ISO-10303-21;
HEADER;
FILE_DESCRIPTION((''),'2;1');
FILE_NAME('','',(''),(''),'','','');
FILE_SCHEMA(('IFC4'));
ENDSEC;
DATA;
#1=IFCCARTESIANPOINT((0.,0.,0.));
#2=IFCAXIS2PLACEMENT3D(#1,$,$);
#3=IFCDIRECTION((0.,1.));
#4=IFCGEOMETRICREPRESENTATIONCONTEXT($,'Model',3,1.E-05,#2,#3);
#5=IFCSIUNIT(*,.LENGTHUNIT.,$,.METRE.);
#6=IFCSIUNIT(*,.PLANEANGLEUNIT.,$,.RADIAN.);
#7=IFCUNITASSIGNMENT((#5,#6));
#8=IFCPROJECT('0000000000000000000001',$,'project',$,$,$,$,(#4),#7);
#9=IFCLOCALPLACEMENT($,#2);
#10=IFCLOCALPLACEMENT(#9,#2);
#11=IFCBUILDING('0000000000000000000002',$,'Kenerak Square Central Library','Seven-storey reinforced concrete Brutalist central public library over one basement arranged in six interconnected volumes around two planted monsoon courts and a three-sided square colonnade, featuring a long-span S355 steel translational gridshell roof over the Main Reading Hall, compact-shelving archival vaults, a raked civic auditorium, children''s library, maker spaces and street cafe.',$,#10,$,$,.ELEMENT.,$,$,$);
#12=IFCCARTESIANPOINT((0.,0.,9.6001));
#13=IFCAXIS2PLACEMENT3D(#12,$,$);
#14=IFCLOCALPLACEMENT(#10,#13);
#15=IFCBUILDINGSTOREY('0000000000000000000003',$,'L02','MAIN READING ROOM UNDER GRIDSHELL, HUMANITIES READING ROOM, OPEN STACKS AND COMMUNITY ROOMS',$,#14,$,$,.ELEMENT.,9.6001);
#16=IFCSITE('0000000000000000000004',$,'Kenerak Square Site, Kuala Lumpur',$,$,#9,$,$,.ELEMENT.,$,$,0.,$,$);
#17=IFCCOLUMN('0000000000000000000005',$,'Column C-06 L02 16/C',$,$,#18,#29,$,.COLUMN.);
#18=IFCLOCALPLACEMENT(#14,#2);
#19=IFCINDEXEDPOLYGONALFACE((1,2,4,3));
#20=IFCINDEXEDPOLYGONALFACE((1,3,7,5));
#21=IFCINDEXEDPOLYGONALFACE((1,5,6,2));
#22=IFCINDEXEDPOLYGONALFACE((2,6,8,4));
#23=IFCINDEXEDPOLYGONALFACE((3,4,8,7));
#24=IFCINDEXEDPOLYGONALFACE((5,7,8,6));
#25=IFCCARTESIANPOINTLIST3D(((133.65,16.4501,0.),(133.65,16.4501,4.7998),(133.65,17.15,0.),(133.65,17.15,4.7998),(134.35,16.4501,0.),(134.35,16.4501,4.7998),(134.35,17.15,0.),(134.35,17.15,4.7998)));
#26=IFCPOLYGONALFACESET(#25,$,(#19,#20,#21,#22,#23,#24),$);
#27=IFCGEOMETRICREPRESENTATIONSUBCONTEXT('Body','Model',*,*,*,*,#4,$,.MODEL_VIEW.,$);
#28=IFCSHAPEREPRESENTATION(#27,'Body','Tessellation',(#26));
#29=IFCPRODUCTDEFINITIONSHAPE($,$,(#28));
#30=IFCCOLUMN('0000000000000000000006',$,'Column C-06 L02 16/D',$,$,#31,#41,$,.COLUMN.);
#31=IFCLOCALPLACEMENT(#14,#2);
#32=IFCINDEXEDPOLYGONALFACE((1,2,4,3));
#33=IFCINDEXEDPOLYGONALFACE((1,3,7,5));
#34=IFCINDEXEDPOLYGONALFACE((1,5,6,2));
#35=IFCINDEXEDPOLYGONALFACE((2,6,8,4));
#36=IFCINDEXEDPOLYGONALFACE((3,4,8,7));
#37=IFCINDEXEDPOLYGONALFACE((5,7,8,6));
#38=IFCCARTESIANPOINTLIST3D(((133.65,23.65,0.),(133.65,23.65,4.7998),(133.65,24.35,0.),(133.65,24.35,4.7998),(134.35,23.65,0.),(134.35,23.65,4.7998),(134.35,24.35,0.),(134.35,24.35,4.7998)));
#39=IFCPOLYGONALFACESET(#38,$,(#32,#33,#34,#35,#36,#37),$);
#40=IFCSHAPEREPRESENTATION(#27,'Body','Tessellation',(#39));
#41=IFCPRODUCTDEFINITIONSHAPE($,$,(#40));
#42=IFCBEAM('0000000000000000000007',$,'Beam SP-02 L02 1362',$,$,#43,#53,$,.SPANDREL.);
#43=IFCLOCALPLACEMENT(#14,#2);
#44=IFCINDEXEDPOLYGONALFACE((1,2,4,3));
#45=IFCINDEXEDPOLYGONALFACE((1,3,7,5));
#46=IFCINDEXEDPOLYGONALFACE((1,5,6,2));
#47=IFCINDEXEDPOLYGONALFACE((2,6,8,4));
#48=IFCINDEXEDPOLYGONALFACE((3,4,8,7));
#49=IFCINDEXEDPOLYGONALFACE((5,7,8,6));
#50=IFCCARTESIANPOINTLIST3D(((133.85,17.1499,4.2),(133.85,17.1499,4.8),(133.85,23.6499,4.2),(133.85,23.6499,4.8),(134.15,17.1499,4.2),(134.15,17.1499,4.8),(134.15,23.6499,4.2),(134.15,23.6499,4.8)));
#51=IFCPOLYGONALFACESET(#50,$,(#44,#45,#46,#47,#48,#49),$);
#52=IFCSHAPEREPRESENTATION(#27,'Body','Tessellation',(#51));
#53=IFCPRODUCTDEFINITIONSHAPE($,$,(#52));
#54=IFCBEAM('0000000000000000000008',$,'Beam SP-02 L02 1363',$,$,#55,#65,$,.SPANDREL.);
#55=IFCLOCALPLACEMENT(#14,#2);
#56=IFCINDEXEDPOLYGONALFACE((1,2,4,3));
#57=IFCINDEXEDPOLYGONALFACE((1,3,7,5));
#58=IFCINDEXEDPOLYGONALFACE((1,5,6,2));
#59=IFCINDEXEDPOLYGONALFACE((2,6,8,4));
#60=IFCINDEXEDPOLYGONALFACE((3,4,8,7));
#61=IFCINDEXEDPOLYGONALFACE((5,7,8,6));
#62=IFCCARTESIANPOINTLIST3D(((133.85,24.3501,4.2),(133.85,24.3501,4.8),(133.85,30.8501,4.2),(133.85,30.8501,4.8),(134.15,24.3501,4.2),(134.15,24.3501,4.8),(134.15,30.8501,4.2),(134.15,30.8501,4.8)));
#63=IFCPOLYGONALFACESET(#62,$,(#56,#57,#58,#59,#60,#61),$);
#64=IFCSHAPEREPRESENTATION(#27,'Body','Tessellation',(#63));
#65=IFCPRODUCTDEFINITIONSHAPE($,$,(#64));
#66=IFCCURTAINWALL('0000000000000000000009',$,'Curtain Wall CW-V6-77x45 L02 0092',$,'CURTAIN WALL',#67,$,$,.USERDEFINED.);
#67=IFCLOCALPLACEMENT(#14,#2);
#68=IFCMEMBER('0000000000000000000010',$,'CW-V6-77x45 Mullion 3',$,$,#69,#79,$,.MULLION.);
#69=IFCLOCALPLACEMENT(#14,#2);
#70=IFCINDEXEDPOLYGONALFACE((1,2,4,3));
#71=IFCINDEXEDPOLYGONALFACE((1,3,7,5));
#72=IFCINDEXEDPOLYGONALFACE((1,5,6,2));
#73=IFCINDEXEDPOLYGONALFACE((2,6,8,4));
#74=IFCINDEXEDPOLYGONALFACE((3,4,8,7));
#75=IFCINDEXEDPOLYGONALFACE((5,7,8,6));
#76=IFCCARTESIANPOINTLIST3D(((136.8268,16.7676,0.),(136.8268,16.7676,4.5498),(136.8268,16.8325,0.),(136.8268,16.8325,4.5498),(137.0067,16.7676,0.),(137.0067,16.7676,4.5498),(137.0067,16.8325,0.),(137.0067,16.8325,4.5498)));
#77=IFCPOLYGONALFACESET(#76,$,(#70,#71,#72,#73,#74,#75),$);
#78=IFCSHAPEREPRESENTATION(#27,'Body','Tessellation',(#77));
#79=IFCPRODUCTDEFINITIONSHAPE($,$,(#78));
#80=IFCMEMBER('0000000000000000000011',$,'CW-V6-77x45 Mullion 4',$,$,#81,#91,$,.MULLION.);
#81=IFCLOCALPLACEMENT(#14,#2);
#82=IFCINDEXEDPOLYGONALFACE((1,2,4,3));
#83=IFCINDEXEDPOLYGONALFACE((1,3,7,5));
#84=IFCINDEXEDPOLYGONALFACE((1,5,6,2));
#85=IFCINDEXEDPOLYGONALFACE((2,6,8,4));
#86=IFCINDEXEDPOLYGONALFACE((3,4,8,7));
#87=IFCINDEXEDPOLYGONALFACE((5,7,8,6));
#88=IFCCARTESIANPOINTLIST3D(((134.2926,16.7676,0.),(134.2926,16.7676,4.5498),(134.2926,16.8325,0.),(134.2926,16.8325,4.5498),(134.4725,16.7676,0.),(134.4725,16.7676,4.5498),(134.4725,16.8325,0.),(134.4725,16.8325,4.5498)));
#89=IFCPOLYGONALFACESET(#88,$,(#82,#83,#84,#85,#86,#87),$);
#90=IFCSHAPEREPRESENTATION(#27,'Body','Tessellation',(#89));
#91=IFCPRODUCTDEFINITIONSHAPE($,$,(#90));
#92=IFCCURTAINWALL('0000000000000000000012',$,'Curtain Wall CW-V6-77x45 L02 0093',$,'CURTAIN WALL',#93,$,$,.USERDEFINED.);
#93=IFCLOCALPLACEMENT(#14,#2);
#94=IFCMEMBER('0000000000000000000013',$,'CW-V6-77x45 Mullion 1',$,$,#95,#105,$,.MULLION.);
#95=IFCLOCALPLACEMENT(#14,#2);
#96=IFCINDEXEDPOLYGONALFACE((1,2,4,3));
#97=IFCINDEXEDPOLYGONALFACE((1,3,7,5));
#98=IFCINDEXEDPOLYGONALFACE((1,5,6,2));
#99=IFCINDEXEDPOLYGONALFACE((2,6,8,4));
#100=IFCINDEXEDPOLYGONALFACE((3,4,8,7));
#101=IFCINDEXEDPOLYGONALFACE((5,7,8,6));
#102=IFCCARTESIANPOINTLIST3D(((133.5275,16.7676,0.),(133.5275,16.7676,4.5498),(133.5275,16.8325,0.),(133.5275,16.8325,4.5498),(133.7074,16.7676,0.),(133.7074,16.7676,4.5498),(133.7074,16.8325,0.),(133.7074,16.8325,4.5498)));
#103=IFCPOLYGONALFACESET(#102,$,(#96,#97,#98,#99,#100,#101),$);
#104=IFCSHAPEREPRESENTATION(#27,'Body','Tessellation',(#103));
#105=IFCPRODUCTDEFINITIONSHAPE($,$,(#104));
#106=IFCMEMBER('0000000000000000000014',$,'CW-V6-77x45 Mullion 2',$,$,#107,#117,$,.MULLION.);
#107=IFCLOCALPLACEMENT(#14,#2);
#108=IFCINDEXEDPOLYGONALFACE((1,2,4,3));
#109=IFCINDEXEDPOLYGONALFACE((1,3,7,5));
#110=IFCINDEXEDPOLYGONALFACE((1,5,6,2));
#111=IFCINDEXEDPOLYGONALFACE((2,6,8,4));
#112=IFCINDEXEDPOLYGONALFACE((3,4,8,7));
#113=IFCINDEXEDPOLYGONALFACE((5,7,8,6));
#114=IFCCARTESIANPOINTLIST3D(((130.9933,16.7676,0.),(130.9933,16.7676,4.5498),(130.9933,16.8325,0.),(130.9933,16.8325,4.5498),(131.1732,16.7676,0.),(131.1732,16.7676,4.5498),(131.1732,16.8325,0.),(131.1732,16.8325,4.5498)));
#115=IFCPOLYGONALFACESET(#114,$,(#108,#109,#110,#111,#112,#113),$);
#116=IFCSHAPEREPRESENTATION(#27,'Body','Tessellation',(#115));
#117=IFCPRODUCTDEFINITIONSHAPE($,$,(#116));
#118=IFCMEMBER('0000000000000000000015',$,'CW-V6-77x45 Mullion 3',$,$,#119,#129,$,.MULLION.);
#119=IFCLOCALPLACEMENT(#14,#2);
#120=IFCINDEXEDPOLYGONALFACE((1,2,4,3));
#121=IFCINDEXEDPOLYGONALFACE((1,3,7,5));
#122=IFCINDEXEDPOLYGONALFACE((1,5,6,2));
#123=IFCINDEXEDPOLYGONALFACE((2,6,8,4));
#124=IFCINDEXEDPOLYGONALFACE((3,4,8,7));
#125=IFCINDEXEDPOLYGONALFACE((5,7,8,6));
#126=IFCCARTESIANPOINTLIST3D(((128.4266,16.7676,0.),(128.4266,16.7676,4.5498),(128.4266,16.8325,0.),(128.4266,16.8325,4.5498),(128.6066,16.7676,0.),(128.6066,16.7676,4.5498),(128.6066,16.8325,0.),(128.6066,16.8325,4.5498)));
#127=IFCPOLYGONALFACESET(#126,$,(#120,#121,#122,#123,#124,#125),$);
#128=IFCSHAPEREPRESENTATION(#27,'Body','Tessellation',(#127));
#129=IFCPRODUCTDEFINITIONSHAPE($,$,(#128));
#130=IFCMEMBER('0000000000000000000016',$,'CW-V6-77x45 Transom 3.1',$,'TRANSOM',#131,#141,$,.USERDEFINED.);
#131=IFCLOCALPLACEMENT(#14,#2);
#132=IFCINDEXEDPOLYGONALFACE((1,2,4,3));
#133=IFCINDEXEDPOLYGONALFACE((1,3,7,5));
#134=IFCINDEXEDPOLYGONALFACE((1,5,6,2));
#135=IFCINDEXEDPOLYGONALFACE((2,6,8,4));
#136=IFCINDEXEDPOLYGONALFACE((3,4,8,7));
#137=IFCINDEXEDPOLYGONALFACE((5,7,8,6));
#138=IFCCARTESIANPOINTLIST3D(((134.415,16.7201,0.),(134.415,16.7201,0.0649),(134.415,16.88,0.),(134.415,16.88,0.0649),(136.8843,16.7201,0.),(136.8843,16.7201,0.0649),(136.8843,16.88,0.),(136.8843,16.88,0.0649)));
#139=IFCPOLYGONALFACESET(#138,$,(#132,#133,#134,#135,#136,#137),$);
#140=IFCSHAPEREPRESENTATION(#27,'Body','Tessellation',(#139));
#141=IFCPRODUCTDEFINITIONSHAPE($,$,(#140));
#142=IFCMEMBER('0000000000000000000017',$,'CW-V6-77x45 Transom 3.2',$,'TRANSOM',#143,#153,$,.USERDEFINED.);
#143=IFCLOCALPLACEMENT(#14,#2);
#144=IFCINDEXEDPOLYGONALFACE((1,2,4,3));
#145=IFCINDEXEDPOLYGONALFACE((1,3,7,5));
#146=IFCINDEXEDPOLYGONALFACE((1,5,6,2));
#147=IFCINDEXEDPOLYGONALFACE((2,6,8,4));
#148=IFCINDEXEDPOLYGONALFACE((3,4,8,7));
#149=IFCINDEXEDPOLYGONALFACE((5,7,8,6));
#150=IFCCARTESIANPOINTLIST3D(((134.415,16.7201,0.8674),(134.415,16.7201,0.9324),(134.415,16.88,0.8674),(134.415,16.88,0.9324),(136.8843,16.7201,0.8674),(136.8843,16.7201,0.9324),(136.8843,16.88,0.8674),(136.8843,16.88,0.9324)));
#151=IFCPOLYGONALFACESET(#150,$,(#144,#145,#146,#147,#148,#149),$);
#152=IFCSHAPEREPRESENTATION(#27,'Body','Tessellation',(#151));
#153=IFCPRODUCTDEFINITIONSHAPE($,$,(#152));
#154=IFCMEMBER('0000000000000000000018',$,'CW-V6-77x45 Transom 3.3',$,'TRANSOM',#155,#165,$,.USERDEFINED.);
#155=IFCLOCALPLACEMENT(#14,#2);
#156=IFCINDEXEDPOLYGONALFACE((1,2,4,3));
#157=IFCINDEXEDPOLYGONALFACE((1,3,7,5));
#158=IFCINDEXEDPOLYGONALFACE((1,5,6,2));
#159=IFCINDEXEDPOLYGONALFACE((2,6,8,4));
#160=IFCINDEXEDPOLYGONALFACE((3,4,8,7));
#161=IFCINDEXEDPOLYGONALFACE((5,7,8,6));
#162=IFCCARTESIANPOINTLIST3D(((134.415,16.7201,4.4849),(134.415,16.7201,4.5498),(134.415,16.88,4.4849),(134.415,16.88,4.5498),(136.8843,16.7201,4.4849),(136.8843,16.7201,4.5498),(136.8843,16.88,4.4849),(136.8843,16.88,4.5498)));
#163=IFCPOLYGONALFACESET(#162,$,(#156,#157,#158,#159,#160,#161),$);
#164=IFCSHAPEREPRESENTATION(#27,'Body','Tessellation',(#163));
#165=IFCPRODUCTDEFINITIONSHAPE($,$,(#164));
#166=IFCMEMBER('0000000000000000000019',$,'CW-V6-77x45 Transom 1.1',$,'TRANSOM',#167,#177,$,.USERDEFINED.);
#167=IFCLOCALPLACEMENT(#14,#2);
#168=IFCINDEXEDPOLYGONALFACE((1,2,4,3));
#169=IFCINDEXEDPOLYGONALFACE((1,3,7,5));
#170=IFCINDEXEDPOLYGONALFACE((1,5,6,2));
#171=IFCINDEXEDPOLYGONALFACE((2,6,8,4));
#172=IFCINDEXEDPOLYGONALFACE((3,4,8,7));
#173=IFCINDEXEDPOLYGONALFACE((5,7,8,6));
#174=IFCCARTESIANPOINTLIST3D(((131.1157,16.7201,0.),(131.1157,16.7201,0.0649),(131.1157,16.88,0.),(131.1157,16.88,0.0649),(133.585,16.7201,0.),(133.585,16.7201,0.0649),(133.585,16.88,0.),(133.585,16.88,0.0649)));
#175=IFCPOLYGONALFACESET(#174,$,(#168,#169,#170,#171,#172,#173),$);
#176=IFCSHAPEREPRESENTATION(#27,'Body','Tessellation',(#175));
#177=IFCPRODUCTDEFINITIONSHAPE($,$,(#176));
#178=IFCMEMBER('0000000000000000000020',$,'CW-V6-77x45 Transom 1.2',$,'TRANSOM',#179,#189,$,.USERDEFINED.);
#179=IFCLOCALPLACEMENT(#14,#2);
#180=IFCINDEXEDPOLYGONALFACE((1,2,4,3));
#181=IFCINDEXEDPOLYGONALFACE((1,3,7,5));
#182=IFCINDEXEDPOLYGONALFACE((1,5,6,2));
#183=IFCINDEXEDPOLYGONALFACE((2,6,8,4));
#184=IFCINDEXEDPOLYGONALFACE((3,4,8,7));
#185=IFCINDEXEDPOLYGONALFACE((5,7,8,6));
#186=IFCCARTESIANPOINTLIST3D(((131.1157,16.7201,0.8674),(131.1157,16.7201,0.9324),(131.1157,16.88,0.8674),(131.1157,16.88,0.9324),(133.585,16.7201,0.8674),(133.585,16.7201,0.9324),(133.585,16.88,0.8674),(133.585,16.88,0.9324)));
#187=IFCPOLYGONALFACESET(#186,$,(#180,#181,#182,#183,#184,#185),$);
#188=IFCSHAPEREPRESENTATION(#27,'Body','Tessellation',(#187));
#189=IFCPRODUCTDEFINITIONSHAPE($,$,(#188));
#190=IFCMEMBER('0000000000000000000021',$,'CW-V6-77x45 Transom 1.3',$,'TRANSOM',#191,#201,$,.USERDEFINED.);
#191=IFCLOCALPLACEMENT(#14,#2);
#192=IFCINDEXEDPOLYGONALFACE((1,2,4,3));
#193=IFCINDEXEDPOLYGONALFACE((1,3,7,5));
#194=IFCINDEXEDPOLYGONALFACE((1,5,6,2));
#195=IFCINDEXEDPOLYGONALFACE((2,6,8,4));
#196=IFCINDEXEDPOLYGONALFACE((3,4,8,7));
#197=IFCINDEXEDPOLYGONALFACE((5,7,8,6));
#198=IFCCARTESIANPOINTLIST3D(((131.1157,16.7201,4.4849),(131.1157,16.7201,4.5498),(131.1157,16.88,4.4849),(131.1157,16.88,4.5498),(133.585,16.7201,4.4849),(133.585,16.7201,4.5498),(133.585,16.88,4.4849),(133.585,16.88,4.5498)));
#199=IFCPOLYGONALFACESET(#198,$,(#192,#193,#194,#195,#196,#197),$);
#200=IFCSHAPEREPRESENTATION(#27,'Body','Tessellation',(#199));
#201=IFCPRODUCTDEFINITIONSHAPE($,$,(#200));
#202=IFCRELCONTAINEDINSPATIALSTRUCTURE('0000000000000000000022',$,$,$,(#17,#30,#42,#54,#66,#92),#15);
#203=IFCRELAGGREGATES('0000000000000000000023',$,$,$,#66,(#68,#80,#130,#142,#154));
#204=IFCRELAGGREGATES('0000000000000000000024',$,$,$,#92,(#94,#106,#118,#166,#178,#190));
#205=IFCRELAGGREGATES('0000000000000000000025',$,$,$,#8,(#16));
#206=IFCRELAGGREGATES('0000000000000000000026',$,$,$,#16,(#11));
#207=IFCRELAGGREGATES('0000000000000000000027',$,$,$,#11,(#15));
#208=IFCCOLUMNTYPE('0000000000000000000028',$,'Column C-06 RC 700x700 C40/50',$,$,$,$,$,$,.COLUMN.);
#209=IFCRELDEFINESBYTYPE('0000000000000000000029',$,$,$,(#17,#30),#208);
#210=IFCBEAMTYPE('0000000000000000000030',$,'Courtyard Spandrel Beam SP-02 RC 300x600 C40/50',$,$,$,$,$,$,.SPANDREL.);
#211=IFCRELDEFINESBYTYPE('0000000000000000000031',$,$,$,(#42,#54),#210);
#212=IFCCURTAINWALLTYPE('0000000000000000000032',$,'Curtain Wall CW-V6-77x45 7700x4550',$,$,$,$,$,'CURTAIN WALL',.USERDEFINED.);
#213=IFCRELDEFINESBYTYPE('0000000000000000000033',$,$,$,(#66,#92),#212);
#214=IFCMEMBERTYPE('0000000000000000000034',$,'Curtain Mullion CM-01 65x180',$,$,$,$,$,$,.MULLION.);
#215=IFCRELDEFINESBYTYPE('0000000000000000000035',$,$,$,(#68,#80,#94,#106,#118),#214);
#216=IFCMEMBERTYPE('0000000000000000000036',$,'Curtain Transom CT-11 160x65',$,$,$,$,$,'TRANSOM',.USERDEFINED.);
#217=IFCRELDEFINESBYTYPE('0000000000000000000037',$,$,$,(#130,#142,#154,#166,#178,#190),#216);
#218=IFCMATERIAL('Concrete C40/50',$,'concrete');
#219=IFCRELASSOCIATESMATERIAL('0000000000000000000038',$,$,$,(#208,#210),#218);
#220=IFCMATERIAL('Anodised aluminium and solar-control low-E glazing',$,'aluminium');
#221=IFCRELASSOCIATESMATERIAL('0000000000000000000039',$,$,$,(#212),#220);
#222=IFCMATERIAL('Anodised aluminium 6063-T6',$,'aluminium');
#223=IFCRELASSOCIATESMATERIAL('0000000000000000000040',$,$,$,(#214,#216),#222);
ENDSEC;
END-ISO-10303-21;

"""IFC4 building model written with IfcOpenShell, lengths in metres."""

from ifc_helpers import new_model, si_unit, direction, frame, origin, origin_2d, place, context, subcontext, project, spatial, rectangle, extrude, material, material_profile, profile_set, type_object, element, aggregate, save


model = new_model("IFC4")

# Units and contexts
model_context = context("Model", 3, precision=1e-05, world=origin(), true_north=direction((0.0, 1.0)))
body_context = subcontext(model_context, "Body", "Model", "MODEL_VIEW")
ifc_project = project(units=[si_unit("LENGTHUNIT", "METRE"), si_unit("PLANEANGLEUNIT", "RADIAN")], contexts=[model_context])

# Site, building, storey
site_placement = place(None, origin())
site = spatial("IfcSite", under=ifc_project, at=site_placement, Name="Kenerak Square Site, Kuala Lumpur", CompositionType="ELEMENT", RefElevation=0.0)
building_placement = place(site_placement, origin())
building = spatial("IfcBuilding", under=site, at=building_placement, Name="Kenerak Square Central Library", Description="Seven-storey reinforced concrete Brutalist central public library over one basement arranged in six interconnected volumes around two planted monsoon courts and a three-sided square colonnade, featuring a long-span S355 steel translational gridshell roof over the Main Reading Hall, compact-shelving archival vaults, a raked civic auditorium, children's library, maker spaces and street cafe.", CompositionType="ELEMENT")
storey_placement = place(building_placement, frame((0.0, 0.0, 9.6001)))
storey = spatial("IfcBuildingStorey", under=building, at=storey_placement, Name="L02", Description="MAIN READING ROOM UNDER GRIDSHELL, HUMANITIES READING ROOM, OPEN STACKS AND COMMUNITY ROOMS", CompositionType="ELEMENT", Elevation=9.6001)

# Columns
ifc_material_1 = material(Name="Concrete C40/50", Category="concrete")
ifc_material_profile_1 = material_profile(ifc_material_1, rectangle(XDim=0.7, YDim=0.7, at=origin_2d()), Name="RC 700x700")
ifc_profile_set_1 = profile_set([ifc_material_profile_1], Name="Concrete C40/50")
column_type = type_object("IfcColumnType", Name="Column C-06 RC 700x700 C40/50", PredefinedType="COLUMN", material=ifc_profile_set_1)
for number, where, z_axis, x_axis, name in (
    (1, (134.0, 16.8, 0.0), (0.0, 0.0, 1.0), (1.0, 0.0, 0.0), "Column C-06 L02 16/C"),
    (2, (134.0, 24.0, 0.0), (0.0, 0.0, 1.0), (1.0, 0.0, 0.0), "Column C-06 L02 16/D"),
):
    element("IfcColumn", number, at=place(storey_placement, frame(where, z_axis=z_axis, x_axis=x_axis)), inside=storey, type_object=column_type, Name=name, PredefinedType="COLUMN", context=body_context, shape_type="SweptSolid", body=[
        extrude(rectangle(XDim=0.7, YDim=0.7, at=origin_2d()), origin(), (0.0, 0.0, 1.0), 4.7998),
    ])

# Beams
ifc_material_profile_2 = material_profile(ifc_material_1, rectangle(XDim=0.3, YDim=0.6001, at=origin_2d()), Name="RC 300x600")
ifc_profile_set_2 = profile_set([ifc_material_profile_2], Name="Concrete C40/50")
beam_type_1 = type_object("IfcBeamType", Name="Courtyard Spandrel Beam SP-02 RC 300x600 C40/50", PredefinedType="SPANDREL", material=ifc_profile_set_2)
for number, where, z_axis, x_axis, name in (
    (3, (134.0, 17.1499, 4.5), (0.0, 1.0, 0.0), (-1.0, 0.0, 0.0), "Beam SP-02 L02 1362"),
    (4, (134.0, 24.3501, 4.5), (0.0, 1.0, 0.0), (-1.0, 0.0, 0.0), "Beam SP-02 L02 1363"),
):
    element("IfcBeam", number, at=place(storey_placement, frame(where, z_axis=z_axis, x_axis=x_axis)), inside=storey, type_object=beam_type_1, Name=name, PredefinedType="SPANDREL", context=body_context, shape_type="SweptSolid", body=[
        extrude(rectangle(XDim=0.3, YDim=0.6001, at=origin_2d()), origin(), (0.0, 0.0, 1.0), 6.5),
    ])

# Curtain walls, members
ifc_material_2 = material(Name="Anodised aluminium and solar-control low-E glazing", Category="aluminium")
curtain_wall_type = type_object("IfcCurtainWallType", Name="Curtain Wall CW-V6-77x45 7700x4550", ElementType="CURTAIN WALL", PredefinedType="USERDEFINED", material=ifc_material_2)
curtain_wall_1_placement = place(storey_placement, origin())
curtain_wall_1 = element("IfcCurtainWall", 5, at=curtain_wall_1_placement, inside=storey, type_object=curtain_wall_type, Name="Curtain Wall CW-V6-77x45 L02 0092", ObjectType="CURTAIN WALL", PredefinedType="USERDEFINED")
ifc_material_3 = material(Name="Anodised aluminium 6063-T6", Category="aluminium")
ifc_material_profile_3 = material_profile(ifc_material_3, rectangle(XDim=0.0649, YDim=0.1799, at=origin_2d()), Name="AL MULLION 65x180")
ifc_profile_set_3 = profile_set([ifc_material_profile_3], Name="Anodised aluminium 6063-T6")
member_type_1 = type_object("IfcMemberType", Name="Curtain Mullion CM-01 65x180", PredefinedType="MULLION", material=ifc_profile_set_3)
member_1_placement = place(storey_placement, frame((136.9167, 16.8, 0.0), z_axis=(0.0, 0.0, 1.0), x_axis=(0.0, -1.0, 0.0)))
member_1 = element("IfcMember", 6, at=member_1_placement, type_object=member_type_1, Name="CW-V6-77x45 Mullion 3", PredefinedType="MULLION", context=body_context, shape_type="SweptSolid", body=[
    extrude(rectangle(XDim=0.0649, YDim=0.1799, at=origin_2d()), origin(), (0.0, 0.0, 1.0), 4.5498),
])
member_2_placement = place(storey_placement, frame((134.3826, 16.8, 0.0), z_axis=(0.0, 0.0, 1.0), x_axis=(0.0, -1.0, 0.0)))
member_2 = element("IfcMember", 7, at=member_2_placement, type_object=member_type_1, Name="CW-V6-77x45 Mullion 4", PredefinedType="MULLION", context=body_context, shape_type="SweptSolid", body=[
    extrude(rectangle(XDim=0.0649, YDim=0.1799, at=origin_2d()), origin(), (0.0, 0.0, 1.0), 4.5498),
])
curtain_wall_2_placement = place(storey_placement, origin())
curtain_wall_2 = element("IfcCurtainWall", 8, at=curtain_wall_2_placement, inside=storey, type_object=curtain_wall_type, Name="Curtain Wall CW-V6-77x45 L02 0093", ObjectType="CURTAIN WALL", PredefinedType="USERDEFINED")
member_3_placement = place(storey_placement, frame((133.6174, 16.8, 0.0), z_axis=(0.0, 0.0, 1.0), x_axis=(0.0, -1.0, 0.0)))
member_3 = element("IfcMember", 9, at=member_3_placement, type_object=member_type_1, Name="CW-V6-77x45 Mullion 1", PredefinedType="MULLION", context=body_context, shape_type="SweptSolid", body=[
    extrude(rectangle(XDim=0.0649, YDim=0.1799, at=origin_2d()), origin(), (0.0, 0.0, 1.0), 4.5498),
])
member_4_placement = place(storey_placement, frame((131.0833, 16.8, 0.0), z_axis=(0.0, 0.0, 1.0), x_axis=(0.0, -1.0, 0.0)))
member_4 = element("IfcMember", 10, at=member_4_placement, type_object=member_type_1, Name="CW-V6-77x45 Mullion 2", PredefinedType="MULLION", context=body_context, shape_type="SweptSolid", body=[
    extrude(rectangle(XDim=0.0649, YDim=0.1799, at=origin_2d()), origin(), (0.0, 0.0, 1.0), 4.5498),
])
member_5_placement = place(storey_placement, frame((128.5166, 16.8, 0.0), z_axis=(0.0, 0.0, 1.0), x_axis=(0.0, -1.0, 0.0)))
member_5 = element("IfcMember", 11, at=member_5_placement, type_object=member_type_1, Name="CW-V6-77x45 Mullion 3", PredefinedType="MULLION", context=body_context, shape_type="SweptSolid", body=[
    extrude(rectangle(XDim=0.0649, YDim=0.1799, at=origin_2d()), origin(), (0.0, 0.0, 1.0), 4.5498),
])

# Members
ifc_material_profile_4 = material_profile(ifc_material_3, rectangle(XDim=0.1599, YDim=0.0649, at=origin_2d()), Name="AL TRANSOM 160x65")
ifc_profile_set_4 = profile_set([ifc_material_profile_4], Name="Anodised aluminium 6063-T6")
member_type_2 = type_object("IfcMemberType", Name="Curtain Transom CT-11 160x65", ElementType="TRANSOM", PredefinedType="USERDEFINED", material=ifc_profile_set_4)
member_6_placement = place(storey_placement, frame((136.8843, 16.8, 0.0325), z_axis=(-1.0, 0.0, 0.0), x_axis=(0.0, -1.0, 0.0)))
member_6 = element("IfcMember", 12, at=member_6_placement, type_object=member_type_2, Name="CW-V6-77x45 Transom 3.1", ObjectType="TRANSOM", PredefinedType="USERDEFINED", context=body_context, shape_type="SweptSolid", body=[
    extrude(rectangle(XDim=0.1599, YDim=0.0649, at=origin_2d()), origin(), (0.0, 0.0, 1.0), 2.4692),
])
member_7_placement = place(storey_placement, frame((136.8843, 16.8, 0.8999), z_axis=(-1.0, 0.0, 0.0), x_axis=(0.0, -1.0, 0.0)))
member_7 = element("IfcMember", 13, at=member_7_placement, type_object=member_type_2, Name="CW-V6-77x45 Transom 3.2", ObjectType="TRANSOM", PredefinedType="USERDEFINED", context=body_context, shape_type="SweptSolid", body=[
    extrude(rectangle(XDim=0.1599, YDim=0.0649, at=origin_2d()), origin(), (0.0, 0.0, 1.0), 2.4692),
])
member_8_placement = place(storey_placement, frame((136.8843, 16.8, 4.5173), z_axis=(-1.0, 0.0, 0.0), x_axis=(0.0, -1.0, 0.0)))
member_8 = element("IfcMember", 14, at=member_8_placement, type_object=member_type_2, Name="CW-V6-77x45 Transom 3.3", ObjectType="TRANSOM", PredefinedType="USERDEFINED", context=body_context, shape_type="SweptSolid", body=[
    extrude(rectangle(XDim=0.1599, YDim=0.0649, at=origin_2d()), origin(), (0.0, 0.0, 1.0), 2.4692),
])
member_9_placement = place(storey_placement, frame((133.585, 16.8, 0.0325), z_axis=(-1.0, 0.0, 0.0), x_axis=(0.0, -1.0, 0.0)))
member_9 = element("IfcMember", 15, at=member_9_placement, type_object=member_type_2, Name="CW-V6-77x45 Transom 1.1", ObjectType="TRANSOM", PredefinedType="USERDEFINED", context=body_context, shape_type="SweptSolid", body=[
    extrude(rectangle(XDim=0.1599, YDim=0.0649, at=origin_2d()), origin(), (0.0, 0.0, 1.0), 2.4692),
])
member_10_placement = place(storey_placement, frame((133.585, 16.8, 0.8999), z_axis=(-1.0, 0.0, 0.0), x_axis=(0.0, -1.0, 0.0)))
member_10 = element("IfcMember", 16, at=member_10_placement, type_object=member_type_2, Name="CW-V6-77x45 Transom 1.2", ObjectType="TRANSOM", PredefinedType="USERDEFINED", context=body_context, shape_type="SweptSolid", body=[
    extrude(rectangle(XDim=0.1599, YDim=0.0649, at=origin_2d()), origin(), (0.0, 0.0, 1.0), 2.4692),
])
member_11_placement = place(storey_placement, frame((133.585, 16.8, 4.5173), z_axis=(-1.0, 0.0, 0.0), x_axis=(0.0, -1.0, 0.0)))
member_11 = element("IfcMember", 17, at=member_11_placement, type_object=member_type_2, Name="CW-V6-77x45 Transom 1.3", ObjectType="TRANSOM", PredefinedType="USERDEFINED", context=body_context, shape_type="SweptSolid", body=[
    extrude(rectangle(XDim=0.1599, YDim=0.0649, at=origin_2d()), origin(), (0.0, 0.0, 1.0), 2.4692),
])

aggregate(curtain_wall_1, [member_1, member_2, member_6, member_7, member_8])
aggregate(curtain_wall_2, [member_3, member_4, member_5, member_9, member_10, member_11])

save(model, "model.ifc")
